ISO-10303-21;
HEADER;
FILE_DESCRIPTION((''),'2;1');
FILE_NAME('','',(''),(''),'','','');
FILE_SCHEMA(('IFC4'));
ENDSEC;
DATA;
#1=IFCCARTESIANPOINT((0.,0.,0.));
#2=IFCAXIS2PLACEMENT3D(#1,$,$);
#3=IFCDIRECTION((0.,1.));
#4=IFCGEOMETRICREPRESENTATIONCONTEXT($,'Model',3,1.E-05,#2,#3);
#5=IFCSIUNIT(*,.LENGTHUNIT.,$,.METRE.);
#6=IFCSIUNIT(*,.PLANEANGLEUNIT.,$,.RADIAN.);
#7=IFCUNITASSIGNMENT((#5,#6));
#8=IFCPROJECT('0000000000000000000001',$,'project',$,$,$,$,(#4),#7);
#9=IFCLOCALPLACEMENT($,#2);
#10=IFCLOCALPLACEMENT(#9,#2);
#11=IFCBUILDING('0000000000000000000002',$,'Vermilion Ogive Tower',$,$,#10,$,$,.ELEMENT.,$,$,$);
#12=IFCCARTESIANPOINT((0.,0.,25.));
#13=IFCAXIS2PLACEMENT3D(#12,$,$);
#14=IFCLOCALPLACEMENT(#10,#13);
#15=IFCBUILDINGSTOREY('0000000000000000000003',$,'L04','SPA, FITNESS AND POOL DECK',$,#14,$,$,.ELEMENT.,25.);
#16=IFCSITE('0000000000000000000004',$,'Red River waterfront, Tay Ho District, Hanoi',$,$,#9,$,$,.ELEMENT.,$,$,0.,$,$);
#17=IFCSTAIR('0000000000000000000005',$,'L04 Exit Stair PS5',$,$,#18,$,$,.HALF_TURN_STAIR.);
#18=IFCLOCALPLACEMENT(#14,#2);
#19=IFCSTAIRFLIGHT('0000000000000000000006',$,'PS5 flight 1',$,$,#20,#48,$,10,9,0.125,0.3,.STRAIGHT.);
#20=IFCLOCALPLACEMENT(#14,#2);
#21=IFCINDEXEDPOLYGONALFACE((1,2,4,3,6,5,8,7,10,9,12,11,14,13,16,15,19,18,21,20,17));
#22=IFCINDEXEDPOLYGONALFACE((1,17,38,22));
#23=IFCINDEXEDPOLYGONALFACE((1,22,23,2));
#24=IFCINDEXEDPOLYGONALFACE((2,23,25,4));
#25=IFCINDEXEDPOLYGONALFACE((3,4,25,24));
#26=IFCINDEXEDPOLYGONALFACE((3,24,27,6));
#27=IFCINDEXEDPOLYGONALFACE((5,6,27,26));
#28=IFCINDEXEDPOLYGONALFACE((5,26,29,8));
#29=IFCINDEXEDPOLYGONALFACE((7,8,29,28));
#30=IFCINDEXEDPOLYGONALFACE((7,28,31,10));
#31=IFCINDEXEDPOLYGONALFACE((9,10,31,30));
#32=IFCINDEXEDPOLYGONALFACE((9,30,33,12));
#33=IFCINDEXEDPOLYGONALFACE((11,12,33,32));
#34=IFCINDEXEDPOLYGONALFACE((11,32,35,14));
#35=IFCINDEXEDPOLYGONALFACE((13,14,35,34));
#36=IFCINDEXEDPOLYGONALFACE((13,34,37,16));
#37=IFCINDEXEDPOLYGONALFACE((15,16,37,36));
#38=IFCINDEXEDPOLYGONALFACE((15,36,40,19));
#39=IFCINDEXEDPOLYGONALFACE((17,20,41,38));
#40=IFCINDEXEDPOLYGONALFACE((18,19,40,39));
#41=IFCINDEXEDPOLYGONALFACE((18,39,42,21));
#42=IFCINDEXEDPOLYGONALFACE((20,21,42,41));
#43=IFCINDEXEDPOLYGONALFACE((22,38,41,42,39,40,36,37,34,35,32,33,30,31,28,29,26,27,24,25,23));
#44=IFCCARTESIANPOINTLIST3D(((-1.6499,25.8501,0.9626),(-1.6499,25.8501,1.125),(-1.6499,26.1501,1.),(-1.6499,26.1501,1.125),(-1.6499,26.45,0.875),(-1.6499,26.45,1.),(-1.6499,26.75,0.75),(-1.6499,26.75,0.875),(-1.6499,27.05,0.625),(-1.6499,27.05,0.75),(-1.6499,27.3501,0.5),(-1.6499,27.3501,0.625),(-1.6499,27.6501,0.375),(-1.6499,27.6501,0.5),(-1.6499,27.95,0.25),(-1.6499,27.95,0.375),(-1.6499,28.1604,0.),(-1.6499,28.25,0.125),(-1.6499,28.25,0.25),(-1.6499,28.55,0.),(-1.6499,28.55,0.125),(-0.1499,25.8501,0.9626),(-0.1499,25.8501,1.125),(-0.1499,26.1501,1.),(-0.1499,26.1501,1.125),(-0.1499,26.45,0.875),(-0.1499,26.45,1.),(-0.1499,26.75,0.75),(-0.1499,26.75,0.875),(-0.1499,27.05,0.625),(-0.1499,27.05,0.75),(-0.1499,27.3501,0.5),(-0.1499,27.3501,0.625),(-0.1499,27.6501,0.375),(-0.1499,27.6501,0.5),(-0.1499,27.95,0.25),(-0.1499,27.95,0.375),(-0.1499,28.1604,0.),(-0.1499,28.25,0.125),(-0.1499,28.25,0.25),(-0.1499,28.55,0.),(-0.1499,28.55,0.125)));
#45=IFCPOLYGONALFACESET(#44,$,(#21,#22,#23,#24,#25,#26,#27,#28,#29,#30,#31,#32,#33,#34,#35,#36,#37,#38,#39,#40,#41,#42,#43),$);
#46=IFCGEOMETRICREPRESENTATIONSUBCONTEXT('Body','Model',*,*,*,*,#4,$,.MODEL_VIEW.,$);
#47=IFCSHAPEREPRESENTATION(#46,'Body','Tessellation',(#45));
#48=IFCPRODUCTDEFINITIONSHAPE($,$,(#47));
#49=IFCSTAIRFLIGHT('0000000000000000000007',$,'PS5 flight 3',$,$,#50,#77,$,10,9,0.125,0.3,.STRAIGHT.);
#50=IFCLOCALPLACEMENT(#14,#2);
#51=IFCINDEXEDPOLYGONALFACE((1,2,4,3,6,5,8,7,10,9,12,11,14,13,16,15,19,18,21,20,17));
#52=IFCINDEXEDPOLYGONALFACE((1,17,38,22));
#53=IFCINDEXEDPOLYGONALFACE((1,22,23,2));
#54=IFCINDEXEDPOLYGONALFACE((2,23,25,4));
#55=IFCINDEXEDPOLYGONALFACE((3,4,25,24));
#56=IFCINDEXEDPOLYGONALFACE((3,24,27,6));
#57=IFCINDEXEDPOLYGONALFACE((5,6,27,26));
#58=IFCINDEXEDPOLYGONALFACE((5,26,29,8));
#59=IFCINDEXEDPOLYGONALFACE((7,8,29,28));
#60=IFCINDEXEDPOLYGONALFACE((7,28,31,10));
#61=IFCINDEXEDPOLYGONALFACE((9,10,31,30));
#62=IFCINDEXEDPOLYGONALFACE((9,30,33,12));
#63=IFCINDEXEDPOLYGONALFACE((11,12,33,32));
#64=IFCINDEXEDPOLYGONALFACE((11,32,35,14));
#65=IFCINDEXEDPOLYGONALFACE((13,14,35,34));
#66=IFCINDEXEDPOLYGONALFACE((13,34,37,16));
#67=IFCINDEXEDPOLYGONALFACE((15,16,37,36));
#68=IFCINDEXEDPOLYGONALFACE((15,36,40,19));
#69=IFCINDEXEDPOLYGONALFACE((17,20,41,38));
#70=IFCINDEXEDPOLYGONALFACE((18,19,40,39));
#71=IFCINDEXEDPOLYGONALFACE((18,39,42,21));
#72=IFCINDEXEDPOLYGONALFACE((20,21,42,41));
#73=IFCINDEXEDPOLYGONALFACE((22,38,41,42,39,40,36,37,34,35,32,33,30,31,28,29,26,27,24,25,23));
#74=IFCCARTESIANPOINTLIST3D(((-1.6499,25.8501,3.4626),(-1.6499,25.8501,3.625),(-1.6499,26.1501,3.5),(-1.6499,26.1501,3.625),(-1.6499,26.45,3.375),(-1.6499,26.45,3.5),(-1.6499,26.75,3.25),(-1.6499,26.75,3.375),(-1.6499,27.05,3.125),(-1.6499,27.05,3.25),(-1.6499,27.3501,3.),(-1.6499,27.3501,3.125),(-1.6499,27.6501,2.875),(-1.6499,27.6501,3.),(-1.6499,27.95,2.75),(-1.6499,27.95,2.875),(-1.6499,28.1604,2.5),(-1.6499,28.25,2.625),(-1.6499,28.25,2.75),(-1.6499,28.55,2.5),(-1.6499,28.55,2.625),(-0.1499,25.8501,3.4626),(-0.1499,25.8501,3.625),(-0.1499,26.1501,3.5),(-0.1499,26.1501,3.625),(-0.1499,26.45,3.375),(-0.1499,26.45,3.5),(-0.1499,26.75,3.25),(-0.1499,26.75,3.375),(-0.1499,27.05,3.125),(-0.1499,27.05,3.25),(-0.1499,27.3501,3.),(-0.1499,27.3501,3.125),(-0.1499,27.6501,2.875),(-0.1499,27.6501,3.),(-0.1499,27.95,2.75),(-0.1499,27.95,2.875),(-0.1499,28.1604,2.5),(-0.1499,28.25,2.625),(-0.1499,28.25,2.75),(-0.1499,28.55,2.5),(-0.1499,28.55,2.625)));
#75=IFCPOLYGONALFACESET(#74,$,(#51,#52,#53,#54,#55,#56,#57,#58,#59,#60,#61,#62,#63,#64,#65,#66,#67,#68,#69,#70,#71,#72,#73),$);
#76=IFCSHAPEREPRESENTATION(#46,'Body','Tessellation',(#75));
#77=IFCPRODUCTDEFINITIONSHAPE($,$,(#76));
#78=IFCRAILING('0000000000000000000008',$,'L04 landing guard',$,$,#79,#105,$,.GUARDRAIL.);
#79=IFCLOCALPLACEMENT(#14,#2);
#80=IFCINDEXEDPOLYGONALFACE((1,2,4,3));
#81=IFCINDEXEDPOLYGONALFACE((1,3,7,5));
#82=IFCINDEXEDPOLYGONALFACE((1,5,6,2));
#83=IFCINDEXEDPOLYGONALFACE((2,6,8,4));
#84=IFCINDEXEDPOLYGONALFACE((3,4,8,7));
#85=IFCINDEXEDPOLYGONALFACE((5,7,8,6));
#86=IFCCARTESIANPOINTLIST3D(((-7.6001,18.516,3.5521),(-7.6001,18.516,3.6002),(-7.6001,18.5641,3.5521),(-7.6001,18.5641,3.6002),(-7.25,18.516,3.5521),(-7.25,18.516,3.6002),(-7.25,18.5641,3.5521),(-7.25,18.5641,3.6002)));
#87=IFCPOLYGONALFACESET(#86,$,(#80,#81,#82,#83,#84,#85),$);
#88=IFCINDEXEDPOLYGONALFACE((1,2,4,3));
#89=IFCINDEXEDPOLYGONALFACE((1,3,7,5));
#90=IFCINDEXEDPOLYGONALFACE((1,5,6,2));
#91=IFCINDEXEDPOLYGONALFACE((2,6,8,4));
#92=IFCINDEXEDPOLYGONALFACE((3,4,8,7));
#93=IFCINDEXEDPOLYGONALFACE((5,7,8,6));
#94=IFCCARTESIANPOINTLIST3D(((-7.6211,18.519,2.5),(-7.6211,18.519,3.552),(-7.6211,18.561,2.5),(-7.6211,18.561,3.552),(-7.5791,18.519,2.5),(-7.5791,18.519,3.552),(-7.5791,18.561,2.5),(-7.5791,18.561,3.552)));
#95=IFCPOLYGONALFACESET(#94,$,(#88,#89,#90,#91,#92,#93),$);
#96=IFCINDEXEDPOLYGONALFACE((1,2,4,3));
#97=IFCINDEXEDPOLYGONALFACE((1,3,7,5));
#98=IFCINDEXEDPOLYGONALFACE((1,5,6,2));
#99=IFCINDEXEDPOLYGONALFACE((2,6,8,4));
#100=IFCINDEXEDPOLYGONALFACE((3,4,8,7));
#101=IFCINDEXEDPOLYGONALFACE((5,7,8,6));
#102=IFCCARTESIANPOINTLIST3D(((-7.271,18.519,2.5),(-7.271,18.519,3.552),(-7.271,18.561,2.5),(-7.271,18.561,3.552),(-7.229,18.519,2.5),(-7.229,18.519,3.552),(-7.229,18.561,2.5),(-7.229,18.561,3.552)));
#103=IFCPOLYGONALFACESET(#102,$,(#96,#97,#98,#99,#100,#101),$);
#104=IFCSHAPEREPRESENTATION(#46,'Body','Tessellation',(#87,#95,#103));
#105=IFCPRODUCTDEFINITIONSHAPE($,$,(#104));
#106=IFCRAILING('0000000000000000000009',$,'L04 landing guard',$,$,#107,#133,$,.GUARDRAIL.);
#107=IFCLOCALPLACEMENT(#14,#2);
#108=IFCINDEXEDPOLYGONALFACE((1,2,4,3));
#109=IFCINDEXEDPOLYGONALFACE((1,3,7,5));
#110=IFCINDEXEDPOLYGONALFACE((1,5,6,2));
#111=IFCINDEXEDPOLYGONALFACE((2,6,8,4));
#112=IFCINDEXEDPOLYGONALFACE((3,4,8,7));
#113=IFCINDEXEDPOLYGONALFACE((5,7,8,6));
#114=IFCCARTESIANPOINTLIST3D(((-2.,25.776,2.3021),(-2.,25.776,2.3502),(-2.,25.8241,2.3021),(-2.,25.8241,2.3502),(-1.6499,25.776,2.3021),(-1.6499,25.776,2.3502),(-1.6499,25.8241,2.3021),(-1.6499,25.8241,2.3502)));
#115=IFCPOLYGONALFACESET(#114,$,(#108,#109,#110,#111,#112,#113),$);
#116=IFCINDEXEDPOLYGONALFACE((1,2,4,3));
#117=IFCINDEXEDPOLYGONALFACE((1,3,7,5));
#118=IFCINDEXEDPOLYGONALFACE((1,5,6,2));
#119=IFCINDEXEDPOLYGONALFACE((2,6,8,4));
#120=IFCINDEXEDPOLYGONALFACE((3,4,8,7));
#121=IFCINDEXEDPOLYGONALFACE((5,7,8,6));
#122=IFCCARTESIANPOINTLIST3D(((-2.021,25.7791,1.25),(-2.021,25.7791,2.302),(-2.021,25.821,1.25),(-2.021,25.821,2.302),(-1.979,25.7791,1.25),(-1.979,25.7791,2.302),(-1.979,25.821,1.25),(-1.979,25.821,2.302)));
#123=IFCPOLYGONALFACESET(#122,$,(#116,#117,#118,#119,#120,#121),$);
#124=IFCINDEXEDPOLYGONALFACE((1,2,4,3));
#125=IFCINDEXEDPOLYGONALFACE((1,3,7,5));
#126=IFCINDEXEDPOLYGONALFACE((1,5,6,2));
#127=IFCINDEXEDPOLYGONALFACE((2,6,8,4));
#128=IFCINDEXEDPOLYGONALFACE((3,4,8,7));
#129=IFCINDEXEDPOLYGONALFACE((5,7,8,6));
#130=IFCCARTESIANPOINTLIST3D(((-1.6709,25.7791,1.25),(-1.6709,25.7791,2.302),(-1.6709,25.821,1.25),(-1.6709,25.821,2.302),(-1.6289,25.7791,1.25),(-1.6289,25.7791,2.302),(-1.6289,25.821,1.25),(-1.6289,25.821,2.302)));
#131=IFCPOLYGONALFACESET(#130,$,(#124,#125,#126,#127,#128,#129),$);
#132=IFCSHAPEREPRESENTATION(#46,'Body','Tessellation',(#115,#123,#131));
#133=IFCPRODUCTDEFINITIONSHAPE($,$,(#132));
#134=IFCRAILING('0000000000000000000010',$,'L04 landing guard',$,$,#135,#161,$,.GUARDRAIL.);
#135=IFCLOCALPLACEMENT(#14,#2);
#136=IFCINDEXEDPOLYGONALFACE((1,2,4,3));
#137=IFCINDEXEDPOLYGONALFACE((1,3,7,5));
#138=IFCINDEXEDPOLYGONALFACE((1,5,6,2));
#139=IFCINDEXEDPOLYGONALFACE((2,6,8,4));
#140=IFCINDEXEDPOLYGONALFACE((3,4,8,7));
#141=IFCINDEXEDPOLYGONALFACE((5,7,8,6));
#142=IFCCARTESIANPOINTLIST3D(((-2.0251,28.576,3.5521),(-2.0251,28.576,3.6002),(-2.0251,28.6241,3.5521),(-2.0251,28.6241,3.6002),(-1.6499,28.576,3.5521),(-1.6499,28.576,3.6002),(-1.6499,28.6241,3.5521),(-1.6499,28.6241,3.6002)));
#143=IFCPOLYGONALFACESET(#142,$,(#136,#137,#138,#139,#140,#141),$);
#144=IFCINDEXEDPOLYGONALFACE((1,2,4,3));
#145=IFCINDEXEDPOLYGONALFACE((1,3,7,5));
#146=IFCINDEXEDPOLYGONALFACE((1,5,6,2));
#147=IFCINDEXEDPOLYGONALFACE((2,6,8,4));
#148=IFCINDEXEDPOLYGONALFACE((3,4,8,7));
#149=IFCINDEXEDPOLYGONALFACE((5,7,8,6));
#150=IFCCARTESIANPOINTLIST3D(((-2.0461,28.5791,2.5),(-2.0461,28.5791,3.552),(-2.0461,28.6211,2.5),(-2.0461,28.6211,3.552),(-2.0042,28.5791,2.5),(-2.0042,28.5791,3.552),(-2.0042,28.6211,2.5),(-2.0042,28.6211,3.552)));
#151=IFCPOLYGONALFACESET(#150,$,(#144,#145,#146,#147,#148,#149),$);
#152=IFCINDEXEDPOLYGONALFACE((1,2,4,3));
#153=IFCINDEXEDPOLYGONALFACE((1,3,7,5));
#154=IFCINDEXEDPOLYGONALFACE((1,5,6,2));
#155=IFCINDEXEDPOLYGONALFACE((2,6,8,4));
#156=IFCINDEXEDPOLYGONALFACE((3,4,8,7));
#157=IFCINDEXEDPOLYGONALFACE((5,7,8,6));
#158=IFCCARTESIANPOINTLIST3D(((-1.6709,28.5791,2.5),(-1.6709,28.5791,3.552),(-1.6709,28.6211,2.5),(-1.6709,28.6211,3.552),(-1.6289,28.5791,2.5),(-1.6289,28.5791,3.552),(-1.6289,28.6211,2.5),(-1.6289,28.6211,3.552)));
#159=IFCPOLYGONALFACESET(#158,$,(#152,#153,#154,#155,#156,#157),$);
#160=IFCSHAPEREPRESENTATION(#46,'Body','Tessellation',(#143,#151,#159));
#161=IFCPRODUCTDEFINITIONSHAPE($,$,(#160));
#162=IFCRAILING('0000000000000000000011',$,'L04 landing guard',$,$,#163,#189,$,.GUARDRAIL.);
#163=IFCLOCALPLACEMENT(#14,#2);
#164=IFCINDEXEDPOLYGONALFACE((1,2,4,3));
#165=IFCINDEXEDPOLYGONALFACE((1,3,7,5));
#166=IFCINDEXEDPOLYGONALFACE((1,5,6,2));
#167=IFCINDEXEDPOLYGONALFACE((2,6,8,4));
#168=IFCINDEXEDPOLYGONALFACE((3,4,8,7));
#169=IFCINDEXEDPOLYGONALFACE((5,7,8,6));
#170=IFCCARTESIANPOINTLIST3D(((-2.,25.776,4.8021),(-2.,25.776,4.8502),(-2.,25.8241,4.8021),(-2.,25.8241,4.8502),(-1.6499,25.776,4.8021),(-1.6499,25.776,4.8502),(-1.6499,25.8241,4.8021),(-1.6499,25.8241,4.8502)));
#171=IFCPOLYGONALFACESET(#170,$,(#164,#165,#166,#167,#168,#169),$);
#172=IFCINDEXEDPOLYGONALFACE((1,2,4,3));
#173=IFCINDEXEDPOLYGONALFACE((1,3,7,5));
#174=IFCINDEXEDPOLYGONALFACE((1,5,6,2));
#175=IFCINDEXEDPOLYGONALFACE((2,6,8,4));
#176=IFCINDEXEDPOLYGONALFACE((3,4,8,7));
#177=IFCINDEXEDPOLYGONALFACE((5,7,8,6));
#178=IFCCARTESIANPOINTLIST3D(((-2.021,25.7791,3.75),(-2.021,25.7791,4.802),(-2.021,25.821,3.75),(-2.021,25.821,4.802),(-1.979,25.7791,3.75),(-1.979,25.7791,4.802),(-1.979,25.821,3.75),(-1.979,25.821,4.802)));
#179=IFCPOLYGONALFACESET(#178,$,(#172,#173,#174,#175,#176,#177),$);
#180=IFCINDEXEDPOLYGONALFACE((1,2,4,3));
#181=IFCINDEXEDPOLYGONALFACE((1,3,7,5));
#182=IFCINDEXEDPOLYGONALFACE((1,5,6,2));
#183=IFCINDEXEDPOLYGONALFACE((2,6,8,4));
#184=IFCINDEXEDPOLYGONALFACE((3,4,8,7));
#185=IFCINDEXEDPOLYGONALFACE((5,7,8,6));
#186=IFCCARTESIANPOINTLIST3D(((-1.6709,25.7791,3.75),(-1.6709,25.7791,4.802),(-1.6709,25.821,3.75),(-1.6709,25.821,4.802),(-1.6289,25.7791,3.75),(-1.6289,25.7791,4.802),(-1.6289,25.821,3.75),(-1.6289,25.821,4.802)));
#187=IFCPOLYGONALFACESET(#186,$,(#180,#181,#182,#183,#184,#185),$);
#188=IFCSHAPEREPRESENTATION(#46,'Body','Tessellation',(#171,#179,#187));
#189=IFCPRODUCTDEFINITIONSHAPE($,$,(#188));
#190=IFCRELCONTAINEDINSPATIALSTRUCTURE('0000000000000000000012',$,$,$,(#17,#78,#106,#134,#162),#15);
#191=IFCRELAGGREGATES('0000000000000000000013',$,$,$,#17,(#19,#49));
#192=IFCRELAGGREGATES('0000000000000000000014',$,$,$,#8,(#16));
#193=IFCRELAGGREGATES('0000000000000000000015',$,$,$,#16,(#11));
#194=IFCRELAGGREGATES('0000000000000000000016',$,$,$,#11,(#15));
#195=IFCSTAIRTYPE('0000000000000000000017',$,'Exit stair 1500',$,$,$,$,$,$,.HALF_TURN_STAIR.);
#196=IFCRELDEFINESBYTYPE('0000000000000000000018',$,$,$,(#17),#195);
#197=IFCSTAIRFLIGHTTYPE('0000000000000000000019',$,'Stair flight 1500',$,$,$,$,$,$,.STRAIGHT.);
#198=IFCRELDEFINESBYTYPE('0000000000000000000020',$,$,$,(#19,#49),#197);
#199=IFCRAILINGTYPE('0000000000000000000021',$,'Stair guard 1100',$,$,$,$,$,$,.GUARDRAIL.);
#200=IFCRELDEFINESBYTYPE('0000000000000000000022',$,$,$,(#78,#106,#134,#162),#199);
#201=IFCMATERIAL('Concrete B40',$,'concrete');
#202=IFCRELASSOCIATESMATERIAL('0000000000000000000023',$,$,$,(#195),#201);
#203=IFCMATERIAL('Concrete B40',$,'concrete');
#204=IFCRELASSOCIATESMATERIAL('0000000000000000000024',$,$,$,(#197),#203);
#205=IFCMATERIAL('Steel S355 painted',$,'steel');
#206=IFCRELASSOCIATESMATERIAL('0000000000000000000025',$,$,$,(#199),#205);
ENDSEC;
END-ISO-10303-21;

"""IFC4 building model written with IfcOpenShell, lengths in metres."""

from ifc_helpers import new_model, si_unit, direction, frame, origin, origin_2d, place, context, subcontext, project, spatial, polyline, rectangle, outline, extrude, material, type_object, element, aggregate, save


model = new_model("IFC4")

# Units and contexts
model_context = context("Model", 3, precision=1e-05, world=origin(), true_north=direction((0.0, 1.0)))
body_context = subcontext(model_context, "Body", "Model", "MODEL_VIEW")
ifc_project = project(units=[si_unit("LENGTHUNIT", "METRE"), si_unit("PLANEANGLEUNIT", "RADIAN")], contexts=[model_context])

# Site, building, storey
site_placement = place(None, origin())
site = spatial("IfcSite", under=ifc_project, at=site_placement, Name="Red River waterfront, Tay Ho District, Hanoi", CompositionType="ELEMENT", RefElevation=0.0)
building_placement = place(site_placement, origin())
building = spatial("IfcBuilding", under=site, at=building_placement, Name="Vermilion Ogive Tower", CompositionType="ELEMENT")
storey_placement = place(building_placement, frame((0.0, 0.0, 25.0)))
storey = spatial("IfcBuildingStorey", under=building, at=storey_placement, Name="L04", Description="SPA, FITNESS AND POOL DECK", CompositionType="ELEMENT", Elevation=25.0)

# Shared definitions
ifc_material_1 = material(Name="Concrete B40", Category="concrete")
stair_type = type_object("IfcStairType", Name="Exit stair 1500", PredefinedType="HALF_TURN_STAIR", material=ifc_material_1)
ifc_material_2 = material(Name="Concrete B40", Category="concrete")
stair_flight_type = type_object("IfcStairFlightType", Name="Stair flight 1500", PredefinedType="STRAIGHT", material=ifc_material_2)

# Stair, stair flights
stair_1_placement = place(storey_placement, origin())
stair_1 = element("IfcStair", 1, at=stair_1_placement, inside=storey, type_object=stair_type, Name="L04 Exit Stair PS5", PredefinedType="HALF_TURN_STAIR")
stair_flight_1_placement = place(storey_placement, frame((-0.8999, 28.55, 0.0), z_axis=(0.0, 0.0, 1.0), x_axis=(0.0, -1.0, 0.0)))
stair_flight_1 = element("IfcStairFlight", 2, at=stair_flight_1_placement, type_object=stair_flight_type, Name="PS5 flight 1", NumberOfRisers=10, NumberOfTreads=9, PredefinedType="STRAIGHT", RiserHeight=0.125, TreadLength=0.3, context=body_context, shape_type="SweptSolid", body=[
    extrude(outline(polyline([(0.0, 0.0), (0.0, 0.125), (0.3, 0.125), (0.3, 0.25), (0.6001, 0.25), (0.6001, 0.375), (0.8999, 0.375), (0.8999, 0.5), (1.2, 0.5), (1.2, 0.625), (1.5, 0.625), (1.5, 0.75), (1.8, 0.75), (1.8, 0.875), (2.1001, 0.875), (2.1001, 1.0), (2.3999, 1.0), (2.3999, 1.125), (2.7, 1.125), (2.7, 1.25), (2.7, 0.9626), (0.3896, 0.0), (0.0, 0.0)])), frame((0.0, 0.75, 0.0), z_axis=(0.0, -1.0, 0.0), x_axis=(1.0, 0.0, 0.0)), (0.0, 0.0, 1.0), 1.5),
])
stair_flight_2_placement = place(storey_placement, frame((-0.8999, 28.55, 2.5), z_axis=(0.0, 0.0, 1.0), x_axis=(0.0, -1.0, 0.0)))
stair_flight_2 = element("IfcStairFlight", 3, at=stair_flight_2_placement, type_object=stair_flight_type, Name="PS5 flight 3", NumberOfRisers=10, NumberOfTreads=9, PredefinedType="STRAIGHT", RiserHeight=0.125, TreadLength=0.3, context=body_context, shape_type="SweptSolid", body=[
    extrude(outline(polyline([(0.0, 0.0), (0.0, 0.125), (0.3, 0.125), (0.3, 0.25), (0.6001, 0.25), (0.6001, 0.375), (0.8999, 0.375), (0.8999, 0.5), (1.2, 0.5), (1.2, 0.625), (1.5, 0.625), (1.5, 0.75), (1.8, 0.75), (1.8, 0.875), (2.1001, 0.875), (2.1001, 1.0), (2.3999, 1.0), (2.3999, 1.125), (2.7, 1.125), (2.7, 1.25), (2.7, 0.9626), (0.3896, 0.0), (0.0, 0.0)])), frame((0.0, 0.75, 0.0), z_axis=(0.0, -1.0, 0.0), x_axis=(1.0, 0.0, 0.0)), (0.0, 0.0, 1.0), 1.5),
])
aggregate(stair_1, [stair_flight_1, stair_flight_2])

# Railings
ifc_material_3 = material(Name="Steel S355 painted", Category="steel")
railing_type_1 = type_object("IfcRailingType", Name="Stair guard 1100", PredefinedType="GUARDRAIL", material=ifc_material_3)
for number, where, name in (
    (4, (-7.6001, 18.54, 2.5), "L04 landing guard"),
    (5, (-2.0, 25.8, 1.25), "L04 landing guard"),
):
    element("IfcRailing", number, at=place(storey_placement, frame(where)), inside=storey, type_object=railing_type_1, Name=name, PredefinedType="GUARDRAIL", context=body_context, shape_type="SweptSolid", body=[
        extrude(rectangle(XDim=0.0481, YDim=0.0481, at=origin_2d()), frame((0.0, 0.0, 1.0762), z_axis=(1.0, 0.0, 0.0), x_axis=(0.0, 1.0, 0.0)), (0.0, 0.0, 1.0), 0.3501),
        extrude(rectangle(XDim=0.042, YDim=0.042, at=origin_2d()), origin(), (0.0, 0.0, 1.0), 1.052),
        extrude(rectangle(XDim=0.042, YDim=0.042, at=origin_2d()), frame((0.3501, 0.0, 0.0)), (0.0, 0.0, 1.0), 1.052),
    ])
railing_1_placement = place(storey_placement, frame((-2.0251, 28.6001, 2.5)))
element("IfcRailing", 6, at=railing_1_placement, inside=storey, type_object=railing_type_1, Name="L04 landing guard", PredefinedType="GUARDRAIL", context=body_context, shape_type="SweptSolid", body=[
    extrude(rectangle(XDim=0.0481, YDim=0.0481, at=origin_2d()), frame((0.0, 0.0, 1.0762), z_axis=(1.0, 0.0, 0.0), x_axis=(0.0, 1.0, 0.0)), (0.0, 0.0, 1.0), 0.3752),
    extrude(rectangle(XDim=0.042, YDim=0.042, at=origin_2d()), origin(), (0.0, 0.0, 1.0), 1.052),
    extrude(rectangle(XDim=0.042, YDim=0.042, at=origin_2d()), frame((0.3752, 0.0, 0.0)), (0.0, 0.0, 1.0), 1.052),
])
railing_2_placement = place(storey_placement, frame((-2.0, 25.8, 3.75)))
element("IfcRailing", 7, at=railing_2_placement, inside=storey, type_object=railing_type_1, Name="L04 landing guard", PredefinedType="GUARDRAIL", context=body_context, shape_type="SweptSolid", body=[
    extrude(rectangle(XDim=0.0481, YDim=0.0481, at=origin_2d()), frame((0.0, 0.0, 1.0762), z_axis=(1.0, 0.0, 0.0), x_axis=(0.0, 1.0, 0.0)), (0.0, 0.0, 1.0), 0.3501),
    extrude(rectangle(XDim=0.042, YDim=0.042, at=origin_2d()), origin(), (0.0, 0.0, 1.0), 1.052),
    extrude(rectangle(XDim=0.042, YDim=0.042, at=origin_2d()), frame((0.3501, 0.0, 0.0)), (0.0, 0.0, 1.0), 1.052),
])

save(model, "model.ifc")
